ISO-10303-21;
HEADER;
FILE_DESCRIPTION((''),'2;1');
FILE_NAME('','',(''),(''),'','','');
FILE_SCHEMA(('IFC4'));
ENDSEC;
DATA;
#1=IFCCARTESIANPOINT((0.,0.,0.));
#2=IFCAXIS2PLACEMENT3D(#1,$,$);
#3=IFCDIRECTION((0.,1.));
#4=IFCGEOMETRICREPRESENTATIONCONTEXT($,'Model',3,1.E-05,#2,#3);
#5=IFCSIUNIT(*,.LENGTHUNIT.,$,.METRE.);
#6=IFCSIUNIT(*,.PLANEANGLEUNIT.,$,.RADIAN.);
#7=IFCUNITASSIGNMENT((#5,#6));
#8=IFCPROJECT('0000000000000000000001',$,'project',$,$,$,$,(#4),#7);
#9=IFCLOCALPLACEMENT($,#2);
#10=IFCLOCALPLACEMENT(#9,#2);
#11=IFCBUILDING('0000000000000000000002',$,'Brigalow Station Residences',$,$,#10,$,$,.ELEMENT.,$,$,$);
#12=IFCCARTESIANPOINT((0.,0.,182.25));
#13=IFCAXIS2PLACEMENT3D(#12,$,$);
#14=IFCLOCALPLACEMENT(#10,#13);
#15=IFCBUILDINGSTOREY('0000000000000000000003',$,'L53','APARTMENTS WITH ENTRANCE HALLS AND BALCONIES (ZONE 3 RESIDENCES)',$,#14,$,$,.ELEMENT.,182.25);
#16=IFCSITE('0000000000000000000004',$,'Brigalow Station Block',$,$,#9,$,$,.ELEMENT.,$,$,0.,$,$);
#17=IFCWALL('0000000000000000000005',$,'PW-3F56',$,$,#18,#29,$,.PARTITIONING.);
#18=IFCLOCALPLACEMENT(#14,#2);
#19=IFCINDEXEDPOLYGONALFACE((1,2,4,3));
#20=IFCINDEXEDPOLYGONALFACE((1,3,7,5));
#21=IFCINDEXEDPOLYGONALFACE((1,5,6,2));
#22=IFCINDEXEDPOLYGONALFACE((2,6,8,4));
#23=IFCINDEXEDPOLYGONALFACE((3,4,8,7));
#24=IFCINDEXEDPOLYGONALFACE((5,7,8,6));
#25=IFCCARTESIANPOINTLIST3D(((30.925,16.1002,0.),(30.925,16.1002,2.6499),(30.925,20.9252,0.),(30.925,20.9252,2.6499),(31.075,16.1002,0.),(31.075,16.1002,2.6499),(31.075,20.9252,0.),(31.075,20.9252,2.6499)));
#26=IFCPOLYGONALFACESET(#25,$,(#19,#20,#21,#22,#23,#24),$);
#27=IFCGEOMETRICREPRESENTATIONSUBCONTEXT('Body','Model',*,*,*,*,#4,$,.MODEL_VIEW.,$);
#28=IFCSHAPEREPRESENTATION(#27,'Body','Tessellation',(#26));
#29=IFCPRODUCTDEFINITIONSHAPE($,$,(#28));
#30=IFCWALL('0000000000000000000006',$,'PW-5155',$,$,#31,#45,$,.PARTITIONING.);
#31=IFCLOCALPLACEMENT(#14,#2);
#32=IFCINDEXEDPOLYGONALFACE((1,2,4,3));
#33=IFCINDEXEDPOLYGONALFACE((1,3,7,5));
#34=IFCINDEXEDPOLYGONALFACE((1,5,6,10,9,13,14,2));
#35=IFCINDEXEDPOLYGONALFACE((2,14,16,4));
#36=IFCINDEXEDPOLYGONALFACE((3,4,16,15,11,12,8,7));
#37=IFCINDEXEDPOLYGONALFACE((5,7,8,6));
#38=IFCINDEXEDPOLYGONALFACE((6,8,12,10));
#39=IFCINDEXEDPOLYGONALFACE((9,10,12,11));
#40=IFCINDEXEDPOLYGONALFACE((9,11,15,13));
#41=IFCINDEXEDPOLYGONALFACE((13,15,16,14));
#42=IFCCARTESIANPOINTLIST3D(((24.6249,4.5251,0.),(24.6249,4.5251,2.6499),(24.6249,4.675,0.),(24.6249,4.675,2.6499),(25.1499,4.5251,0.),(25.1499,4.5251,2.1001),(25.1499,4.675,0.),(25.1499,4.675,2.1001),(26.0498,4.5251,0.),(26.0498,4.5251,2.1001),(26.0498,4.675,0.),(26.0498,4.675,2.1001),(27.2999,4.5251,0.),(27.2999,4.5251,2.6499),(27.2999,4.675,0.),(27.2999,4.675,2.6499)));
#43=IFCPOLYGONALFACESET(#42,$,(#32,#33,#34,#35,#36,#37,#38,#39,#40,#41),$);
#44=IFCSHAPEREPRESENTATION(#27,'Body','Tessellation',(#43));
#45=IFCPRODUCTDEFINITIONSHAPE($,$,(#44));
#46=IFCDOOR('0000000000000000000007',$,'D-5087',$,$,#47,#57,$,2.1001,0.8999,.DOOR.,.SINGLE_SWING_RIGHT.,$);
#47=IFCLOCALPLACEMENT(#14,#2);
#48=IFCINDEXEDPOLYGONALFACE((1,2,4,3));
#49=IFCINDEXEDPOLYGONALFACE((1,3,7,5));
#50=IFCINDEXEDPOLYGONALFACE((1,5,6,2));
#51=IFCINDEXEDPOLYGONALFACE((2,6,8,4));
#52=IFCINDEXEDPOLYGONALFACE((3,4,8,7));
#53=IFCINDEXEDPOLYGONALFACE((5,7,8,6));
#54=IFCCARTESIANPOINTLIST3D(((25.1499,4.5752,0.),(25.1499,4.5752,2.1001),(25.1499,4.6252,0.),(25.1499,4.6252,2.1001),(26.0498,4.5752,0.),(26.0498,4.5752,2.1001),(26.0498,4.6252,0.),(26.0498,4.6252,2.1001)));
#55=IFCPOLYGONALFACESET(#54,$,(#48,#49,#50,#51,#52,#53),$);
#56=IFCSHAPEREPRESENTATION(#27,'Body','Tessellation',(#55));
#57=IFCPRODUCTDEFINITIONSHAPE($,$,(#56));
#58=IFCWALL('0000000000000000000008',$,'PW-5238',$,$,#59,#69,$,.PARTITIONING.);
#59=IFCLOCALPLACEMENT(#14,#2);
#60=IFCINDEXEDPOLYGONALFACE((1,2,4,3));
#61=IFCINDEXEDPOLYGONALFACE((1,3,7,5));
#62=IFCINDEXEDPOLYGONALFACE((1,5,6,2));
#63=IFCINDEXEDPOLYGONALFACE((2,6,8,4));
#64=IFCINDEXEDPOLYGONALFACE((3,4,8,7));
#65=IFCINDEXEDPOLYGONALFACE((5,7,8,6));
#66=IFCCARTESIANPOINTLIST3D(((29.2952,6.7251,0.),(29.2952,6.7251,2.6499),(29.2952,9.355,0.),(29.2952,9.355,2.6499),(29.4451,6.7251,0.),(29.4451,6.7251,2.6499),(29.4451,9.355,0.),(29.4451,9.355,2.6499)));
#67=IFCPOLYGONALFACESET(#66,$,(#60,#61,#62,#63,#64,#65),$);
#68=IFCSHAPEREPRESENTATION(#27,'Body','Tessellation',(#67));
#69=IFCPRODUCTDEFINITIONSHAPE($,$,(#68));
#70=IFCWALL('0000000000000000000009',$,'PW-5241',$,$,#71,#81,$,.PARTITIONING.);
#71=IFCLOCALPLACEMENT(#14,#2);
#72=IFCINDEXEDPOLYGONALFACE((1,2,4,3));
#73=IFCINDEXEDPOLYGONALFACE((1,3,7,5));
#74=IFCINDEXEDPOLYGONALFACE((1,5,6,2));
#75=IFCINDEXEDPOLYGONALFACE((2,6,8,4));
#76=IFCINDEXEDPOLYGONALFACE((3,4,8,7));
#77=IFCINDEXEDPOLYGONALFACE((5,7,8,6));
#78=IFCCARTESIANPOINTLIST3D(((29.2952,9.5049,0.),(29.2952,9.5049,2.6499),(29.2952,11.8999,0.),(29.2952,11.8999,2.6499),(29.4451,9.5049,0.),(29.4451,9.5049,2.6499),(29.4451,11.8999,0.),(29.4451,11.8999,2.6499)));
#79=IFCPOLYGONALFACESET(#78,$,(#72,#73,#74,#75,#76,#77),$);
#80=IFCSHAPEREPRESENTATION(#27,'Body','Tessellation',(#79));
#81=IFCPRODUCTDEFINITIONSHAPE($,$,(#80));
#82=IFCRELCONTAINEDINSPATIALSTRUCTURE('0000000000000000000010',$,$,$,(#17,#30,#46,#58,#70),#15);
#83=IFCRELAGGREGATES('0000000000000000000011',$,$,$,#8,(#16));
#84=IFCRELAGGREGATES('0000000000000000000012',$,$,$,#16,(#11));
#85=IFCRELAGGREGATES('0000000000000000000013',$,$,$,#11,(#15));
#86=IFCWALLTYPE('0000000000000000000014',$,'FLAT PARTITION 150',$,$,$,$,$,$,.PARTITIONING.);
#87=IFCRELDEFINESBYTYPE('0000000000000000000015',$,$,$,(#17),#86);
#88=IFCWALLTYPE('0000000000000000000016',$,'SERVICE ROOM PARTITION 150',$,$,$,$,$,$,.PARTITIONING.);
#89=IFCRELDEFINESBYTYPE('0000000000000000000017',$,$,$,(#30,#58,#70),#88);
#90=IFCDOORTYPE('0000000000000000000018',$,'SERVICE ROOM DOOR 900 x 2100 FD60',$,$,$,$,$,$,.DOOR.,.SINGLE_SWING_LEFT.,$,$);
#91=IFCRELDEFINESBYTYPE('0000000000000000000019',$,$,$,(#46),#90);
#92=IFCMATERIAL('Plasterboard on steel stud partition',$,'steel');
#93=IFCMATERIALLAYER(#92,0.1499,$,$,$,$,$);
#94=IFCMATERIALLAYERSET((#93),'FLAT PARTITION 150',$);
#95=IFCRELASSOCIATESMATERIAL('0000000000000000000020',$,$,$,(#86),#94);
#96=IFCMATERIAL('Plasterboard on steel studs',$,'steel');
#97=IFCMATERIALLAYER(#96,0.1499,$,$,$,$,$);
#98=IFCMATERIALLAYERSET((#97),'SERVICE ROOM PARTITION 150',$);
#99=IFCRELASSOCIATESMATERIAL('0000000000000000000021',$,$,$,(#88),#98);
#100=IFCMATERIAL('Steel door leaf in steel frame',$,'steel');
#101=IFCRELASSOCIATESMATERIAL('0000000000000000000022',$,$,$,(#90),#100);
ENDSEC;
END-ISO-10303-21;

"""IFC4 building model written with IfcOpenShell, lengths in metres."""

from ifc_helpers import new_model, si_unit, direction, frame, frame_2d, origin, place, context, subcontext, project, spatial, rectangle, extrude, material, layer, layer_set, type_object, element, fill, save


model = new_model("IFC4")

# Units and contexts
model_context = context("Model", 3, precision=1e-05, world=origin(), true_north=direction((0.0, 1.0)))
body_context = subcontext(model_context, "Body", "Model", "MODEL_VIEW")
ifc_project = project(units=[si_unit("LENGTHUNIT", "METRE"), si_unit("PLANEANGLEUNIT", "RADIAN")], contexts=[model_context])

# Site, building, storey
site_placement = place(None, origin())
site = spatial("IfcSite", under=ifc_project, at=site_placement, Name="Brigalow Station Block", CompositionType="ELEMENT", RefElevation=0.0)
building_placement = place(site_placement, origin())
building = spatial("IfcBuilding", under=site, at=building_placement, Name="Brigalow Station Residences", CompositionType="ELEMENT")
storey_placement = place(building_placement, frame((0.0, 0.0, 182.25)))
storey = spatial("IfcBuildingStorey", under=building, at=storey_placement, Name="L53", Description="APARTMENTS WITH ENTRANCE HALLS AND BALCONIES (ZONE 3 RESIDENCES)", CompositionType="ELEMENT", Elevation=182.25)

# Wall
ifc_material_1 = material(Name="Plasterboard on steel stud partition", Category="steel")
ifc_layer_1 = layer(ifc_material_1, 0.1499)
ifc_layer_set_1 = layer_set([ifc_layer_1], Name="FLAT PARTITION 150")
wall_type_1 = type_object("IfcWallType", Name="FLAT PARTITION 150", PredefinedType="PARTITIONING", material=ifc_layer_set_1)
for number, where, z_axis, x_axis, name in (
    (1, (31.0, 16.1001, 0.0), (0.0, 0.0, 1.0), (0.0, 1.0, 0.0), "PW-3F56"),
):
    element("IfcWall", number, at=place(storey_placement, frame(where, z_axis=z_axis, x_axis=x_axis)), inside=storey, type_object=wall_type_1, Name=name, PredefinedType="PARTITIONING", context=body_context, shape_type="SweptSolid", body=[
        extrude(rectangle(XDim=4.825, YDim=0.1499, at=frame_2d((2.4126, 0.0))), origin(), (0.0, 0.0, 1.0), 2.6499),
    ])

# Wall, opening, door
ifc_material_2 = material(Name="Plasterboard on steel studs", Category="steel")
ifc_layer_2 = layer(ifc_material_2, 0.1499)
ifc_layer_set_2 = layer_set([ifc_layer_2], Name="SERVICE ROOM PARTITION 150")
wall_type_2 = type_object("IfcWallType", Name="SERVICE ROOM PARTITION 150", PredefinedType="PARTITIONING", material=ifc_layer_set_2)
wall_1_placement = place(storey_placement, frame((24.625, 4.6001, 0.0), z_axis=(0.0, 0.0, 1.0), x_axis=(1.0, 0.0, 0.0)))
wall_1 = element("IfcWall", 2, at=wall_1_placement, inside=storey, type_object=wall_type_2, Name="PW-5155", PredefinedType="PARTITIONING", context=body_context, shape_type="SweptSolid", body=[
    extrude(rectangle(XDim=2.675, YDim=0.1499, at=frame_2d((1.3374, 0.0))), origin(), (0.0, 0.0, 1.0), 2.6499),
])
opening_1_placement = place(wall_1_placement, frame((0.5249, 0.0, 0.0)))
opening_1 = element("IfcOpeningElement", 3, at=opening_1_placement, cuts=wall_1, PredefinedType="OPENING", context=body_context, shape_type="SweptSolid", body=[
    extrude(rectangle(XDim=0.8999, YDim=2.1001, at=frame_2d((0.45, 1.05))), frame((0.0, 0.085, 0.0), z_axis=(0.0, -1.0, 0.0), x_axis=(1.0, 0.0, 0.0)), (0.0, 0.0, 1.0), 0.1699),
])
ifc_material_3 = material(Name="Steel door leaf in steel frame", Category="steel")
door_type_1 = type_object("IfcDoorType", Name="SERVICE ROOM DOOR 900 x 2100 FD60", OperationType="SINGLE_SWING_LEFT", PredefinedType="DOOR", material=ifc_material_3)
door_1_placement = place(opening_1_placement, frame((0.8999, 0.0, 0.0), z_axis=(0.0, 0.0, 1.0), x_axis=(-1.0, 0.0, 0.0)))
door_1 = element("IfcDoor", 4, at=door_1_placement, inside=storey, type_object=door_type_1, Name="D-5087", OperationType="SINGLE_SWING_RIGHT", OverallHeight=2.1001, OverallWidth=0.8999, PredefinedType="DOOR", context=body_context, shape_type="SweptSolid", body=[
    extrude(rectangle(XDim=0.8999, YDim=2.1001, at=frame_2d((0.45, 1.05))), frame((0.0, 0.0249, 0.0), z_axis=(0.0, -1.0, 0.0), x_axis=(1.0, 0.0, 0.0)), (0.0, 0.0, 1.0), 0.05),
])
fill(opening_1, door_1)

# Walls
wall_2_placement = place(storey_placement, frame((29.3701, 6.7251, 0.0), z_axis=(0.0, 0.0, 1.0), x_axis=(0.0, 1.0, 0.0)))
element("IfcWall", 5, at=wall_2_placement, inside=storey, type_object=wall_type_2, Name="PW-5238", PredefinedType="PARTITIONING", context=body_context, shape_type="SweptSolid", body=[
    extrude(rectangle(XDim=2.6299, YDim=0.1499, at=frame_2d((1.3149, 0.0))), origin(), (0.0, 0.0, 1.0), 2.6499),
])
wall_3_placement = place(storey_placement, frame((29.3701, 9.5049, 0.0), z_axis=(0.0, 0.0, 1.0), x_axis=(0.0, 1.0, 0.0)))
element("IfcWall", 6, at=wall_3_placement, inside=storey, type_object=wall_type_2, Name="PW-5241", PredefinedType="PARTITIONING", context=body_context, shape_type="SweptSolid", body=[
    extrude(rectangle(XDim=2.395, YDim=0.1499, at=frame_2d((1.1975, 0.0))), origin(), (0.0, 0.0, 1.0), 2.6499),
])

save(model, "model.ifc")
